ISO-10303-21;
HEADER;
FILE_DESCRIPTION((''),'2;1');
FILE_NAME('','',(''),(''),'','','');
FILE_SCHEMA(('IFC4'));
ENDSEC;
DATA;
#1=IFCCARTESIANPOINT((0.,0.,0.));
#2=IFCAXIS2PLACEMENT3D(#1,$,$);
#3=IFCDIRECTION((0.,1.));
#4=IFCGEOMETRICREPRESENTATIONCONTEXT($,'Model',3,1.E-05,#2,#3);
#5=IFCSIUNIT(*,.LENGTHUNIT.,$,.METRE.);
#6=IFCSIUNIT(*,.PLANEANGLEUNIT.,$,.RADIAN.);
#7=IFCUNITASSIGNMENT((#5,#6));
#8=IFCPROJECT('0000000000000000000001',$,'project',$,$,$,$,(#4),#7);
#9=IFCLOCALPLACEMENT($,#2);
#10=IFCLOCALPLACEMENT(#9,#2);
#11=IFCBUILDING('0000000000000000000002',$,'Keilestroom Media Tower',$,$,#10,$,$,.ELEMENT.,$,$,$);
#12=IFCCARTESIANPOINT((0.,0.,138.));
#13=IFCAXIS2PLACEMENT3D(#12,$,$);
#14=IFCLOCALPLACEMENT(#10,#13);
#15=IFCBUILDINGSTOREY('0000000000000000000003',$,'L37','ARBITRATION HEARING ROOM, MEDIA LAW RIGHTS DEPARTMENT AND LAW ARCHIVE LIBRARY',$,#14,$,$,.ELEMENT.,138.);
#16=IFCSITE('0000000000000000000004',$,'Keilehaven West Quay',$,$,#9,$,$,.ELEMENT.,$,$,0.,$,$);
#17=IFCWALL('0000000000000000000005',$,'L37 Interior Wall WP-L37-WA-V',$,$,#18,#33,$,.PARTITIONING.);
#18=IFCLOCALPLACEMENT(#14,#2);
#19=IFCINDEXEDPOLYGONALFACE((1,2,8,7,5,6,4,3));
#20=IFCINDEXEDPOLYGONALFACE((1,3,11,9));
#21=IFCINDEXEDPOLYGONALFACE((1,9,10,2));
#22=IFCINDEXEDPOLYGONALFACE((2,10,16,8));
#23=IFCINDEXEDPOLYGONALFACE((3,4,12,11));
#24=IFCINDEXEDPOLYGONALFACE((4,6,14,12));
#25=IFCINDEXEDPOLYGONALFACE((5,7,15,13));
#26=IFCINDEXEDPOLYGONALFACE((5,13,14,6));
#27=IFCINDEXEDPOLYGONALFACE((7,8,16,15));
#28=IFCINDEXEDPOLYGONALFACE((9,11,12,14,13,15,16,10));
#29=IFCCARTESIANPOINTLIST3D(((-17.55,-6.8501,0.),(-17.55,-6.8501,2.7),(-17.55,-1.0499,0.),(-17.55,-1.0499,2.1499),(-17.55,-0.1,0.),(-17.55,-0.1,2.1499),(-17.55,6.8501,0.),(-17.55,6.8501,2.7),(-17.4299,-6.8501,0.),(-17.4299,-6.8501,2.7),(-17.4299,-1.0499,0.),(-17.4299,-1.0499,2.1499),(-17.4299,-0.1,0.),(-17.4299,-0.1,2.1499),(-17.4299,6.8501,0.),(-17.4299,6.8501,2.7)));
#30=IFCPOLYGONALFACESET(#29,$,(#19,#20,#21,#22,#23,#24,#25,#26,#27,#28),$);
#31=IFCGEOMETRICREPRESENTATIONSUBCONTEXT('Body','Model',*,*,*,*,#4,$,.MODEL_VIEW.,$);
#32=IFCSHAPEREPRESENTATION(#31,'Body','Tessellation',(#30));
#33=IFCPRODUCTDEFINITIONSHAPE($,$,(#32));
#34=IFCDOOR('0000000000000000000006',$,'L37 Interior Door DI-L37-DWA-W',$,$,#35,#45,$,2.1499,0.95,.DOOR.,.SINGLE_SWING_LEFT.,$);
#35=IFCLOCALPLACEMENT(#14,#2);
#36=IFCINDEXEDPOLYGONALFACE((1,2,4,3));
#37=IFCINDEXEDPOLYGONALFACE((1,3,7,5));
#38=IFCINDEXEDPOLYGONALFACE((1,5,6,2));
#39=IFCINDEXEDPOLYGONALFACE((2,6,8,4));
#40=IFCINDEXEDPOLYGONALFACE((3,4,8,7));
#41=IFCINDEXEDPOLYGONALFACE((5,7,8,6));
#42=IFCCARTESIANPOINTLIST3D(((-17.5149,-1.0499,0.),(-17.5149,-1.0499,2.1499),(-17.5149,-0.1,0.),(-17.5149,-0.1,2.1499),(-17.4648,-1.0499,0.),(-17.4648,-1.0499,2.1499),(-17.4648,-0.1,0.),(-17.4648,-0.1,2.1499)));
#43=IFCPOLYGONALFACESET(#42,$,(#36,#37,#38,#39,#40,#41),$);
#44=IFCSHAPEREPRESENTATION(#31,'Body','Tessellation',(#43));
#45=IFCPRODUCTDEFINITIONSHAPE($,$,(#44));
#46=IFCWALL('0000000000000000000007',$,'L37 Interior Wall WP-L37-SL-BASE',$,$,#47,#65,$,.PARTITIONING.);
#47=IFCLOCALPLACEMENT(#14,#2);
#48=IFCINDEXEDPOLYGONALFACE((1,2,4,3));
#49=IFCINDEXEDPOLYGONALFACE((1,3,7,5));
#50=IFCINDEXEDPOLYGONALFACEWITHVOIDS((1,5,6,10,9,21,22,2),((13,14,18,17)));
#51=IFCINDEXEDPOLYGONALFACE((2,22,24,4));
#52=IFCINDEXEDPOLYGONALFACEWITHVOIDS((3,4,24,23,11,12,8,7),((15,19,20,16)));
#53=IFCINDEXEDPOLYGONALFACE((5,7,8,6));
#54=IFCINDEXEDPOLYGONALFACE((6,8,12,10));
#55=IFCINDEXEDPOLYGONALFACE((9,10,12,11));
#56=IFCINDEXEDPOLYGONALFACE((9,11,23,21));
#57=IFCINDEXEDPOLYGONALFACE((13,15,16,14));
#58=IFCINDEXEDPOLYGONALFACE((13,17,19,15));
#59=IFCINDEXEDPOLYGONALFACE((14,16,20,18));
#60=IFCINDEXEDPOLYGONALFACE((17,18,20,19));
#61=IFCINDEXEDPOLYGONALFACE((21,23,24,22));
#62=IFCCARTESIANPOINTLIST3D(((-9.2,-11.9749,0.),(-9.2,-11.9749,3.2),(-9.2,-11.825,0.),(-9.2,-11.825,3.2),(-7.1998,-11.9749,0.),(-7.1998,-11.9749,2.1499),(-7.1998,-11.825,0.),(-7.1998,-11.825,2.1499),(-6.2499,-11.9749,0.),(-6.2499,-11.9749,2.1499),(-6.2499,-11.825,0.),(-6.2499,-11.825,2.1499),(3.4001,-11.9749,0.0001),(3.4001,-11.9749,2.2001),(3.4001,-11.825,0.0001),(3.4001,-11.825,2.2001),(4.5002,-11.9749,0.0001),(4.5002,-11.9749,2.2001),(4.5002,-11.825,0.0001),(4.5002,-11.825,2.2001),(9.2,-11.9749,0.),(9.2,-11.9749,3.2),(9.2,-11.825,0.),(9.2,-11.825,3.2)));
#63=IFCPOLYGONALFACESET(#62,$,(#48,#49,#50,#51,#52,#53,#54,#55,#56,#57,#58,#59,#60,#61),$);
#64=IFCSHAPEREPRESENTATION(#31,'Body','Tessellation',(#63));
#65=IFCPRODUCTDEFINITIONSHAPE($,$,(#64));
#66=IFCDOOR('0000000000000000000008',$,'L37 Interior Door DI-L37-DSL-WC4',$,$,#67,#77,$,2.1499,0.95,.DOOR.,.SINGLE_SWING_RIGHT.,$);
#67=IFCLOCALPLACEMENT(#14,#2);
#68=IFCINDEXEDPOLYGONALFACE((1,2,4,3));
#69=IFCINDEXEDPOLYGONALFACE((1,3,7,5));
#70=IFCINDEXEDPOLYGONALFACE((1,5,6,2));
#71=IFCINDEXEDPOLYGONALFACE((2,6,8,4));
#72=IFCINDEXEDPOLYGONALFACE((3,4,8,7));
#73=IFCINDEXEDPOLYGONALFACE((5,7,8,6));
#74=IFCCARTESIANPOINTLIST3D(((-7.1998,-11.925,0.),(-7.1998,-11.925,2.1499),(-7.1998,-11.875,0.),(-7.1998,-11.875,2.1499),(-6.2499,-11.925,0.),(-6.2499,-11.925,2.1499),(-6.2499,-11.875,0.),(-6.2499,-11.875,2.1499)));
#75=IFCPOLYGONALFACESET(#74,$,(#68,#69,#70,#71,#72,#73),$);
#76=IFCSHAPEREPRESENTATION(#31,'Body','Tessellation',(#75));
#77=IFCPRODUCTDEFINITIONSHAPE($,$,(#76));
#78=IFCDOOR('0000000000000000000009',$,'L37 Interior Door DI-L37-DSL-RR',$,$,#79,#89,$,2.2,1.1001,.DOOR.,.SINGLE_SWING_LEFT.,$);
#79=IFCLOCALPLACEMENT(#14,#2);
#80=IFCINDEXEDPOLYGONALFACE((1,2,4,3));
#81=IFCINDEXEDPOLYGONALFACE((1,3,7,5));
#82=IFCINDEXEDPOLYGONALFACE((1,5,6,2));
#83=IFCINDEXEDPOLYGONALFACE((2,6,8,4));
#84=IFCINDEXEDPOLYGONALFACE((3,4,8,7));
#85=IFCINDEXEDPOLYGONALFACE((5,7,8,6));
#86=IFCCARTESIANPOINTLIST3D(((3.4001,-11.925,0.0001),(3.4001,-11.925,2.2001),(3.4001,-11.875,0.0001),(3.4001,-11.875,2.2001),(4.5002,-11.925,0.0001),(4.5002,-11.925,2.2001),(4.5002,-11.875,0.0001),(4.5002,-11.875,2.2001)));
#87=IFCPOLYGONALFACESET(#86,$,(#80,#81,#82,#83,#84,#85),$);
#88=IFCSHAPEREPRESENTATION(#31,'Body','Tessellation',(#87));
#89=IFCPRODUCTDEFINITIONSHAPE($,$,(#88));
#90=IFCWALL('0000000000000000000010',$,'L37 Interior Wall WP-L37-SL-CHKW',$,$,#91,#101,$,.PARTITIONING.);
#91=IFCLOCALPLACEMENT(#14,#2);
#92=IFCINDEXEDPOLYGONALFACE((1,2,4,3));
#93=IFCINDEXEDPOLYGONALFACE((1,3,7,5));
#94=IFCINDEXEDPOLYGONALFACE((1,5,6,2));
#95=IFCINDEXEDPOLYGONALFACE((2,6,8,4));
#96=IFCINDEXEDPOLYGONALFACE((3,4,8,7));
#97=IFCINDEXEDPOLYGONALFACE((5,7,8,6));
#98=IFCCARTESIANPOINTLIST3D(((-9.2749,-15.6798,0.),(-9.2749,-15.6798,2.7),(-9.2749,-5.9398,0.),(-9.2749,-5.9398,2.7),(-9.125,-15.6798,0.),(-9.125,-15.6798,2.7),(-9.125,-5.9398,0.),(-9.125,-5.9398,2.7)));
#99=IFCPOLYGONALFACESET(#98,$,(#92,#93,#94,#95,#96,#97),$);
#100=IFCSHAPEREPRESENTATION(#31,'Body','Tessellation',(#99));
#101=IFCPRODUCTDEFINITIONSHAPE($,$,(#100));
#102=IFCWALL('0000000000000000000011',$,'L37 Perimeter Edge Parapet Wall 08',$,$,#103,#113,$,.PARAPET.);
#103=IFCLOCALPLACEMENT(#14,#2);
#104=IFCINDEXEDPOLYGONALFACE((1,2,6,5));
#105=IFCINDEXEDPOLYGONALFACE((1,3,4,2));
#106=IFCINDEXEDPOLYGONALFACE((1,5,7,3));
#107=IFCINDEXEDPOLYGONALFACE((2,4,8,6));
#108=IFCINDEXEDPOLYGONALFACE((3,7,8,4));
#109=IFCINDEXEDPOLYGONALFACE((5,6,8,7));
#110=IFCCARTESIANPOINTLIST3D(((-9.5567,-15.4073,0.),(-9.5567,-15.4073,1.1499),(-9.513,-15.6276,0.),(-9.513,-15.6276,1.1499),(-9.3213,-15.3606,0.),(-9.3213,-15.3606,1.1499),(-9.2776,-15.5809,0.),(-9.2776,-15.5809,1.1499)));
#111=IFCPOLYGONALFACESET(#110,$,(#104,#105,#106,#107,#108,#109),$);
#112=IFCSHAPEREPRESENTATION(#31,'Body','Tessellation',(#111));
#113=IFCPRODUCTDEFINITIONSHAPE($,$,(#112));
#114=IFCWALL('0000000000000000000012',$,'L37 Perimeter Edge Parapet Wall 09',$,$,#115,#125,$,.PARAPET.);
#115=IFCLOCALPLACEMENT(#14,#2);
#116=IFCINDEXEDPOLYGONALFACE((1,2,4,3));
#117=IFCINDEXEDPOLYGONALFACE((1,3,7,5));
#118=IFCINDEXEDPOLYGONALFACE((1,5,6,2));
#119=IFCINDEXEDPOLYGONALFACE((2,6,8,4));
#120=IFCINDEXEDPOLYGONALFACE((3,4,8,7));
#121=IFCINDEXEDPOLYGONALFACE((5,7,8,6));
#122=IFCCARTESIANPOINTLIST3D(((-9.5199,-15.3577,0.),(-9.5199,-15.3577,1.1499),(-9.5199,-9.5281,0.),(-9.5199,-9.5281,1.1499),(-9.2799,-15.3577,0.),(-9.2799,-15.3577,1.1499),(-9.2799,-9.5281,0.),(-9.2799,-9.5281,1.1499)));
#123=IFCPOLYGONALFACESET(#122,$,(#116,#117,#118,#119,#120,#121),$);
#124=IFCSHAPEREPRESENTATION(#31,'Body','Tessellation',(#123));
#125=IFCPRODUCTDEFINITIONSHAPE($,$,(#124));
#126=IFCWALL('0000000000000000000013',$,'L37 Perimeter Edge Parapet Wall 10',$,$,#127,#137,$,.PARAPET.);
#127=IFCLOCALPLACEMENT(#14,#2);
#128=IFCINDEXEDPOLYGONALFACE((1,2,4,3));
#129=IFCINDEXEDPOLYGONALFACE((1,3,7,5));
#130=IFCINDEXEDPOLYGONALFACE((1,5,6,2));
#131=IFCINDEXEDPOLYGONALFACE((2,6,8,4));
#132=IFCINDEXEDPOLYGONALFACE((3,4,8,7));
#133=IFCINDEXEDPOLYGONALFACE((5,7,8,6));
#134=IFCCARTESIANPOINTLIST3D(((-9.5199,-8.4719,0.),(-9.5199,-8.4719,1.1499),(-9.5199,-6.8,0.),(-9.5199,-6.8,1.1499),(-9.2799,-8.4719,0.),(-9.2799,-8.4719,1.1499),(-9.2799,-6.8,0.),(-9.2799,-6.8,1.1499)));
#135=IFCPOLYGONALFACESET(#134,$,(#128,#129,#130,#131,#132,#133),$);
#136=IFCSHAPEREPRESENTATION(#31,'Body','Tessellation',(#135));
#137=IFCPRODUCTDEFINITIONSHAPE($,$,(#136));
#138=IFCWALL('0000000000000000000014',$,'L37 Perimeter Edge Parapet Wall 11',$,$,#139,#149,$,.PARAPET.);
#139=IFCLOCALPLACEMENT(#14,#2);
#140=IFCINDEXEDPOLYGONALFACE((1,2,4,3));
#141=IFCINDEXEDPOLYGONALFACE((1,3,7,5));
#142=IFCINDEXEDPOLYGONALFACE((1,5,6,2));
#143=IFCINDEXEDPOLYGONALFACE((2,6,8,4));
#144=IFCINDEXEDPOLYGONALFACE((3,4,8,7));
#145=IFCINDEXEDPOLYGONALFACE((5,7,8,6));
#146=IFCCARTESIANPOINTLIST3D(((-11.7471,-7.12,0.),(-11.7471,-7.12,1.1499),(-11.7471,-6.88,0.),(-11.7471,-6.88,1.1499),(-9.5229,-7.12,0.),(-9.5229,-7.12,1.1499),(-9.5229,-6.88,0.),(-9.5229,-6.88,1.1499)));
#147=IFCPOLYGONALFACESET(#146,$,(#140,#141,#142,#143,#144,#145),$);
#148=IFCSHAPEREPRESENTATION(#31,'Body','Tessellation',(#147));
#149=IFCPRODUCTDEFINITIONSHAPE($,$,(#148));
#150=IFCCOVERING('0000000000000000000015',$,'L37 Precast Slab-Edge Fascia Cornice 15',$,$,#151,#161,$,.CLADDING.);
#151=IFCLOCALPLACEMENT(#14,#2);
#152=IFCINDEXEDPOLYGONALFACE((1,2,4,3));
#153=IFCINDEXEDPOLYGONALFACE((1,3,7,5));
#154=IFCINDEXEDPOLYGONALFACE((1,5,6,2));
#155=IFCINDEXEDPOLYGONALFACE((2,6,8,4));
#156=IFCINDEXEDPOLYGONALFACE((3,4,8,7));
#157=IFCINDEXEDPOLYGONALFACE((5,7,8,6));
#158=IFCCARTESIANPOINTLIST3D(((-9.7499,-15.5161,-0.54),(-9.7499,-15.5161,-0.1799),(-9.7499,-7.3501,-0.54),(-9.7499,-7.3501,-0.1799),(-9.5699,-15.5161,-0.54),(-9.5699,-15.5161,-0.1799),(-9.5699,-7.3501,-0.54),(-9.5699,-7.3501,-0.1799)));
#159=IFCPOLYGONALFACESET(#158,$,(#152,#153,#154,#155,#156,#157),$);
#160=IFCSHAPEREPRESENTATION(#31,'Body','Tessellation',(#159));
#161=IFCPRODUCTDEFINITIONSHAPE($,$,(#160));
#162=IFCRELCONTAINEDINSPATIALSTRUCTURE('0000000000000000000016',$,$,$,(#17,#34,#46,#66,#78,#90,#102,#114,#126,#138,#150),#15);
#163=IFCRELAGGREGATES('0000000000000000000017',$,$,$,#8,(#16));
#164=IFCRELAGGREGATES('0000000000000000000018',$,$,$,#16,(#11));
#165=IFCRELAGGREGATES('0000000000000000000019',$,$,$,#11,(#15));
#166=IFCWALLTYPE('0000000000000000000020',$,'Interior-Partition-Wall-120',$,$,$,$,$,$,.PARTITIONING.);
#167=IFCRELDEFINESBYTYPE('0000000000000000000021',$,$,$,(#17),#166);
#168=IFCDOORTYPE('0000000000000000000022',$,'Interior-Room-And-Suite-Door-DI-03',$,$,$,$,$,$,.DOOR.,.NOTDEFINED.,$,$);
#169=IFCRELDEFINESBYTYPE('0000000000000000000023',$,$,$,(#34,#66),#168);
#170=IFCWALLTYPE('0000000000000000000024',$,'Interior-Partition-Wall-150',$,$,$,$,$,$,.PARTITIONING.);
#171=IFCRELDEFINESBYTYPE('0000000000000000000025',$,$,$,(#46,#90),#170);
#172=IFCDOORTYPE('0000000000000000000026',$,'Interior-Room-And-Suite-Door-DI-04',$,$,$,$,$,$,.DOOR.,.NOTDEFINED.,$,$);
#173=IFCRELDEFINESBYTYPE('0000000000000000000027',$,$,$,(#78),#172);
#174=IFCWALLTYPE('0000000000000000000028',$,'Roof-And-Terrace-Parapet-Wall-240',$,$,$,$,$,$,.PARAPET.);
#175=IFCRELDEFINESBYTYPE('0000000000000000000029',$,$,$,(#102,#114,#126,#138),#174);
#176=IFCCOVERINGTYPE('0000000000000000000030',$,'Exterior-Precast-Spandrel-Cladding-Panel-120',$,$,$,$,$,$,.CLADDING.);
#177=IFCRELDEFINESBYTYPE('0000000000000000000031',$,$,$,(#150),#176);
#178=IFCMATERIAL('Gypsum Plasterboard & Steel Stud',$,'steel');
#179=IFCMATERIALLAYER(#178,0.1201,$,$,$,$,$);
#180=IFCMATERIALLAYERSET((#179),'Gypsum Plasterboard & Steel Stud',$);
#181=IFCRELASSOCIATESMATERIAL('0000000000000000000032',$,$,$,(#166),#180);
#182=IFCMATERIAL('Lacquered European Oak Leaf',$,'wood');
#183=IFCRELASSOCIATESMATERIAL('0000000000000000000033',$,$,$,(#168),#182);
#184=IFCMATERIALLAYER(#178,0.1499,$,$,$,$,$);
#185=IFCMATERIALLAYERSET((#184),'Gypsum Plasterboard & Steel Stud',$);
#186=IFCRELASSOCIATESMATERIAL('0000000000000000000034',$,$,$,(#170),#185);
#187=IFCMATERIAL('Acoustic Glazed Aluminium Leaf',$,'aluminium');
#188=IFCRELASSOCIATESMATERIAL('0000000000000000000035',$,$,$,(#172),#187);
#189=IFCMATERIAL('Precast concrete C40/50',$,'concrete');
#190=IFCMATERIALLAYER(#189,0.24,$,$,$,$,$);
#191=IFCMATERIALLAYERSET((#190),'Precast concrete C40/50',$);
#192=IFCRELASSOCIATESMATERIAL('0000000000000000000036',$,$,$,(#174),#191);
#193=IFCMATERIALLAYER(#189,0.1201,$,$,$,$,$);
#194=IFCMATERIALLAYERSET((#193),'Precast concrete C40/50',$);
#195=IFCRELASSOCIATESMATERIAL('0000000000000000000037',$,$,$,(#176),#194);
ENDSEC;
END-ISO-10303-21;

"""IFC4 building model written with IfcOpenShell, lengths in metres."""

from ifc_helpers import new_model, si_unit, direction, frame, frame_2d, origin, origin_2d, place, context, subcontext, project, spatial, rectangle, extrude, source, transform, mapped, material, layer, layer_set, type_object, element, fill, save


model = new_model("IFC4")

# Units and contexts
model_context = context("Model", 3, precision=1e-05, world=origin(), true_north=direction((0.0, 1.0)))
body_context = subcontext(model_context, "Body", "Model", "MODEL_VIEW")
ifc_project = project(units=[si_unit("LENGTHUNIT", "METRE"), si_unit("PLANEANGLEUNIT", "RADIAN")], contexts=[model_context])

# Site, building, storey
site_placement = place(None, origin())
site = spatial("IfcSite", under=ifc_project, at=site_placement, Name="Keilehaven West Quay", CompositionType="ELEMENT", RefElevation=0.0)
building_placement = place(site_placement, origin())
building = spatial("IfcBuilding", under=site, at=building_placement, Name="Keilestroom Media Tower", CompositionType="ELEMENT")
storey_placement = place(building_placement, frame((0.0, 0.0, 138.0)))
storey = spatial("IfcBuildingStorey", under=building, at=storey_placement, Name="L37", Description="ARBITRATION HEARING ROOM, MEDIA LAW RIGHTS DEPARTMENT AND LAW ARCHIVE LIBRARY", CompositionType="ELEMENT", Elevation=138.0)

# Shared definitions
ifc_material_1 = material(Name="Precast concrete C40/50", Category="concrete")

# Shared definitions
ifc_material_2 = material(Name="Gypsum Plasterboard & Steel Stud", Category="steel")
ifc_layer_1 = layer(ifc_material_2, 0.1201)
ifc_layer_set_1 = layer_set([ifc_layer_1], Name="Gypsum Plasterboard & Steel Stud")
wall_type_1 = type_object("IfcWallType", Name="Interior-Partition-Wall-120", PredefinedType="PARTITIONING", material=ifc_layer_set_1)

# Wall, opening, door
wall_1_placement = place(storey_placement, frame((-17.49, -6.8501, 0.0), z_axis=(0.0, 0.0, 1.0), x_axis=(0.0, 1.0, 0.0)))
wall_1 = element("IfcWall", 1, at=wall_1_placement, inside=storey, type_object=wall_type_1, Name="L37 Interior Wall WP-L37-WA-V", PredefinedType="PARTITIONING", context=body_context, shape_type="SweptSolid", body=[
    extrude(rectangle(XDim=13.7002, YDim=0.1201, at=frame_2d((6.8501, 0.0))), origin(), (0.0, 0.0, 1.0), 2.7),
])
opening_1_placement = place(wall_1_placement, frame((5.8, 0.0, 0.0)))
opening_1 = element("IfcOpeningElement", 2, at=opening_1_placement, cuts=wall_1, PredefinedType="OPENING", context=body_context, shape_type="SweptSolid", body=[
    extrude(rectangle(XDim=0.95, YDim=2.1499, at=frame_2d((0.4751, 1.075))), frame((0.0, 0.0701, 0.0), z_axis=(0.0, -1.0, 0.0), x_axis=(1.0, 0.0, 0.0)), (0.0, 0.0, 1.0), 0.1401),
])
ifc_material_3 = material(Name="Lacquered European Oak Leaf", Category="wood")
door_type_1 = type_object("IfcDoorType", Name="Interior-Room-And-Suite-Door-DI-03", OperationType="NOTDEFINED", PredefinedType="DOOR", material=ifc_material_3)
shared_shape_1 = source(origin(), body_context, "Body", "SweptSolid", [
    extrude(rectangle(XDim=0.95, YDim=2.1499, at=frame_2d((0.4751, 1.075))), frame((0.0, 0.0249, 0.0), z_axis=(0.0, -1.0, 0.0), x_axis=(1.0, 0.0, 0.0)), (0.0, 0.0, 1.0), 0.05),
])
door_1_placement = place(opening_1_placement, origin())
door_1 = element("IfcDoor", 3, at=door_1_placement, inside=storey, type_object=door_type_1, Name="L37 Interior Door DI-L37-DWA-W", OperationType="SINGLE_SWING_LEFT", OverallHeight=2.1499, OverallWidth=0.95, PredefinedType="DOOR", context=body_context, shape_type="MappedRepresentation", body=[
    mapped(shared_shape_1, transform((0.0, 0.0, 0.0), x_axis=(1.0, 0.0, 0.0), y_axis=(0.0, 1.0, 0.0), z_axis=(0.0, 0.0, 1.0), scale=1.0)),
])
fill(opening_1, door_1)

# Wall, openings, doors
ifc_layer_2 = layer(ifc_material_2, 0.1499)
ifc_layer_set_2 = layer_set([ifc_layer_2], Name="Gypsum Plasterboard & Steel Stud")
wall_type_2 = type_object("IfcWallType", Name="Interior-Partition-Wall-150", PredefinedType="PARTITIONING", material=ifc_layer_set_2)
wall_2_placement = place(storey_placement, frame((-9.2, -11.8999, 0.0), z_axis=(0.0, 0.0, 1.0), x_axis=(1.0, 0.0, 0.0)))
wall_2 = element("IfcWall", 4, at=wall_2_placement, inside=storey, type_object=wall_type_2, Name="L37 Interior Wall WP-L37-SL-BASE", PredefinedType="PARTITIONING", context=body_context, shape_type="SweptSolid", body=[
    extrude(rectangle(XDim=18.3999, YDim=0.1499, at=frame_2d((9.2, 0.0))), origin(), (0.0, 0.0, 1.0), 3.2),
])
opening_2_placement = place(wall_2_placement, frame((2.0, 0.0, 0.0)))
opening_2 = element("IfcOpeningElement", 5, at=opening_2_placement, cuts=wall_2, PredefinedType="OPENING", context=body_context, shape_type="SweptSolid", body=[
    extrude(rectangle(XDim=0.95, YDim=2.1499, at=frame_2d((0.4751, 1.075))), frame((0.0, 0.085, 0.0), z_axis=(0.0, -1.0, 0.0), x_axis=(1.0, 0.0, 0.0)), (0.0, 0.0, 1.0), 0.1699),
])
opening_3_placement = place(wall_2_placement, frame((12.6001, 0.0, 0.0)))
opening_3 = element("IfcOpeningElement", 6, at=opening_3_placement, cuts=wall_2, PredefinedType="OPENING", context=body_context, shape_type="SweptSolid", body=[
    extrude(rectangle(XDim=1.1001, YDim=2.2, at=frame_2d((0.55, 1.1001))), frame((0.0, 0.085, 0.0), z_axis=(0.0, -1.0, 0.0), x_axis=(1.0, 0.0, 0.0)), (0.0, 0.0, 1.0), 0.1699),
])
door_2_placement = place(opening_2_placement, origin())
door_2 = element("IfcDoor", 7, at=door_2_placement, inside=storey, type_object=door_type_1, Name="L37 Interior Door DI-L37-DSL-WC4", OperationType="SINGLE_SWING_RIGHT", OverallHeight=2.1499, OverallWidth=0.95, PredefinedType="DOOR", context=body_context, shape_type="MappedRepresentation", body=[
    mapped(shared_shape_1, transform((0.0, 0.0, 0.0), x_axis=(1.0, 0.0, 0.0), y_axis=(0.0, 1.0, 0.0), z_axis=(0.0, 0.0, 1.0), scale=1.0)),
])
fill(opening_2, door_2)
ifc_material_4 = material(Name="Acoustic Glazed Aluminium Leaf", Category="aluminium")
door_type_2 = type_object("IfcDoorType", Name="Interior-Room-And-Suite-Door-DI-04", OperationType="NOTDEFINED", PredefinedType="DOOR", material=ifc_material_4)
shared_shape_2 = source(origin(), body_context, "Body", "SweptSolid", [
    extrude(rectangle(XDim=1.1001, YDim=2.2, at=frame_2d((0.55, 1.1001))), frame((0.0, 0.0249, 0.0), z_axis=(0.0, -1.0, 0.0), x_axis=(1.0, 0.0, 0.0)), (0.0, 0.0, 1.0), 0.05),
])
door_3_placement = place(opening_3_placement, origin())
door_3 = element("IfcDoor", 8, at=door_3_placement, inside=storey, type_object=door_type_2, Name="L37 Interior Door DI-L37-DSL-RR", OperationType="SINGLE_SWING_LEFT", OverallHeight=2.2, OverallWidth=1.1001, PredefinedType="DOOR", context=body_context, shape_type="MappedRepresentation", body=[
    mapped(shared_shape_2, transform((0.0, 0.0, 0.0), x_axis=(1.0, 0.0, 0.0), y_axis=(0.0, 1.0, 0.0), z_axis=(0.0, 0.0, 1.0), scale=1.0)),
])
fill(opening_3, door_3)

# Walls
wall_3_placement = place(storey_placement, frame((-9.2, -15.6799, 0.0), z_axis=(0.0, 0.0, 1.0), x_axis=(0.0, 1.0, 0.0)))
element("IfcWall", 9, at=wall_3_placement, inside=storey, type_object=wall_type_2, Name="L37 Interior Wall WP-L37-SL-CHKW", PredefinedType="PARTITIONING", context=body_context, shape_type="SweptSolid", body=[
    extrude(rectangle(XDim=9.74, YDim=0.1499, at=frame_2d((4.8701, 0.0))), origin(), (0.0, 0.0, 1.0), 2.7),
])
ifc_layer_3 = layer(ifc_material_1, 0.24)
ifc_layer_set_3 = layer_set([ifc_layer_3], Name="Precast concrete C40/50")
wall_type_3 = type_object("IfcWallType", Name="Roof-And-Terrace-Parapet-Wall-240", PredefinedType="PARAPET", material=ifc_layer_set_3)
wall_4_placement = place(storey_placement, frame((-9.3953, -15.6042, 0.0), z_axis=(0.0, 0.0, 1.0), x_axis=(-0.194652, 0.980872, 0.0)))
element("IfcWall", 10, at=wall_4_placement, inside=storey, type_object=wall_type_3, Name="L37 Perimeter Edge Parapet Wall 08", PredefinedType="PARAPET", context=body_context, shape_type="SweptSolid", body=[
    extrude(rectangle(XDim=0.2246, YDim=0.24, at=frame_2d((0.1123, 0.0))), origin(), (0.0, 0.0, 1.0), 1.1499),
])
wall_5_placement = place(storey_placement, frame((-9.3999, -15.3577, 0.0), z_axis=(0.0, 0.0, 1.0), x_axis=(0.0, 1.0, 0.0)))
element("IfcWall", 11, at=wall_5_placement, inside=storey, type_object=wall_type_3, Name="L37 Perimeter Edge Parapet Wall 09", PredefinedType="PARAPET", context=body_context, shape_type="SweptSolid", body=[
    extrude(rectangle(XDim=5.8296, YDim=0.24, at=frame_2d((2.9148, 0.0))), origin(), (0.0, 0.0, 1.0), 1.1499),
])
wall_6_placement = place(storey_placement, frame((-9.3999, -8.4719, 0.0), z_axis=(0.0, 0.0, 1.0), x_axis=(0.0, 1.0, 0.0)))
element("IfcWall", 12, at=wall_6_placement, inside=storey, type_object=wall_type_3, Name="L37 Perimeter Edge Parapet Wall 10", PredefinedType="PARAPET", context=body_context, shape_type="SweptSolid", body=[
    extrude(rectangle(XDim=1.6719, YDim=0.24, at=frame_2d((0.8359, 0.0))), origin(), (0.0, 0.0, 1.0), 1.1499),
])
wall_7_placement = place(storey_placement, frame((-9.5229, -7.0, 0.0), z_axis=(0.0, 0.0, 1.0), x_axis=(-1.0, 0.0, 0.0)))
element("IfcWall", 13, at=wall_7_placement, inside=storey, type_object=wall_type_3, Name="L37 Perimeter Edge Parapet Wall 11", PredefinedType="PARAPET", context=body_context, shape_type="SweptSolid", body=[
    extrude(rectangle(XDim=2.2241, YDim=0.24, at=frame_2d((1.1121, 0.0))), origin(), (0.0, 0.0, 1.0), 1.1499),
])

# Covering
ifc_layer_4 = layer(ifc_material_1, 0.1201)
ifc_layer_set_4 = layer_set([ifc_layer_4], Name="Precast concrete C40/50")
covering_type = type_object("IfcCoveringType", Name="Exterior-Precast-Spandrel-Cladding-Panel-120", PredefinedType="CLADDING", material=ifc_layer_set_4)
shared_shape_3 = source(origin(), body_context, "Body", "SweptSolid", [
    extrude(rectangle(XDim=8.166, YDim=0.1799, at=origin_2d()), origin(), (0.0, 0.0, 1.0), 0.3601),
])
covering_1_placement = place(storey_placement, frame((-9.6599, -11.4331, -0.54), z_axis=(0.0, 0.0, 1.0), x_axis=(0.0, 1.0, 0.0)))
element("IfcCovering", 14, at=covering_1_placement, inside=storey, type_object=covering_type, Name="L37 Precast Slab-Edge Fascia Cornice 15", PredefinedType="CLADDING", context=body_context, shape_type="MappedRepresentation", body=[
    mapped(shared_shape_3, transform((0.0, 0.0, 0.0), x_axis=(1.0, 0.0, 0.0), y_axis=(0.0, 1.0, 0.0), z_axis=(0.0, 0.0, 1.0), scale=1.0)),
])

save(model, "model.ifc")
